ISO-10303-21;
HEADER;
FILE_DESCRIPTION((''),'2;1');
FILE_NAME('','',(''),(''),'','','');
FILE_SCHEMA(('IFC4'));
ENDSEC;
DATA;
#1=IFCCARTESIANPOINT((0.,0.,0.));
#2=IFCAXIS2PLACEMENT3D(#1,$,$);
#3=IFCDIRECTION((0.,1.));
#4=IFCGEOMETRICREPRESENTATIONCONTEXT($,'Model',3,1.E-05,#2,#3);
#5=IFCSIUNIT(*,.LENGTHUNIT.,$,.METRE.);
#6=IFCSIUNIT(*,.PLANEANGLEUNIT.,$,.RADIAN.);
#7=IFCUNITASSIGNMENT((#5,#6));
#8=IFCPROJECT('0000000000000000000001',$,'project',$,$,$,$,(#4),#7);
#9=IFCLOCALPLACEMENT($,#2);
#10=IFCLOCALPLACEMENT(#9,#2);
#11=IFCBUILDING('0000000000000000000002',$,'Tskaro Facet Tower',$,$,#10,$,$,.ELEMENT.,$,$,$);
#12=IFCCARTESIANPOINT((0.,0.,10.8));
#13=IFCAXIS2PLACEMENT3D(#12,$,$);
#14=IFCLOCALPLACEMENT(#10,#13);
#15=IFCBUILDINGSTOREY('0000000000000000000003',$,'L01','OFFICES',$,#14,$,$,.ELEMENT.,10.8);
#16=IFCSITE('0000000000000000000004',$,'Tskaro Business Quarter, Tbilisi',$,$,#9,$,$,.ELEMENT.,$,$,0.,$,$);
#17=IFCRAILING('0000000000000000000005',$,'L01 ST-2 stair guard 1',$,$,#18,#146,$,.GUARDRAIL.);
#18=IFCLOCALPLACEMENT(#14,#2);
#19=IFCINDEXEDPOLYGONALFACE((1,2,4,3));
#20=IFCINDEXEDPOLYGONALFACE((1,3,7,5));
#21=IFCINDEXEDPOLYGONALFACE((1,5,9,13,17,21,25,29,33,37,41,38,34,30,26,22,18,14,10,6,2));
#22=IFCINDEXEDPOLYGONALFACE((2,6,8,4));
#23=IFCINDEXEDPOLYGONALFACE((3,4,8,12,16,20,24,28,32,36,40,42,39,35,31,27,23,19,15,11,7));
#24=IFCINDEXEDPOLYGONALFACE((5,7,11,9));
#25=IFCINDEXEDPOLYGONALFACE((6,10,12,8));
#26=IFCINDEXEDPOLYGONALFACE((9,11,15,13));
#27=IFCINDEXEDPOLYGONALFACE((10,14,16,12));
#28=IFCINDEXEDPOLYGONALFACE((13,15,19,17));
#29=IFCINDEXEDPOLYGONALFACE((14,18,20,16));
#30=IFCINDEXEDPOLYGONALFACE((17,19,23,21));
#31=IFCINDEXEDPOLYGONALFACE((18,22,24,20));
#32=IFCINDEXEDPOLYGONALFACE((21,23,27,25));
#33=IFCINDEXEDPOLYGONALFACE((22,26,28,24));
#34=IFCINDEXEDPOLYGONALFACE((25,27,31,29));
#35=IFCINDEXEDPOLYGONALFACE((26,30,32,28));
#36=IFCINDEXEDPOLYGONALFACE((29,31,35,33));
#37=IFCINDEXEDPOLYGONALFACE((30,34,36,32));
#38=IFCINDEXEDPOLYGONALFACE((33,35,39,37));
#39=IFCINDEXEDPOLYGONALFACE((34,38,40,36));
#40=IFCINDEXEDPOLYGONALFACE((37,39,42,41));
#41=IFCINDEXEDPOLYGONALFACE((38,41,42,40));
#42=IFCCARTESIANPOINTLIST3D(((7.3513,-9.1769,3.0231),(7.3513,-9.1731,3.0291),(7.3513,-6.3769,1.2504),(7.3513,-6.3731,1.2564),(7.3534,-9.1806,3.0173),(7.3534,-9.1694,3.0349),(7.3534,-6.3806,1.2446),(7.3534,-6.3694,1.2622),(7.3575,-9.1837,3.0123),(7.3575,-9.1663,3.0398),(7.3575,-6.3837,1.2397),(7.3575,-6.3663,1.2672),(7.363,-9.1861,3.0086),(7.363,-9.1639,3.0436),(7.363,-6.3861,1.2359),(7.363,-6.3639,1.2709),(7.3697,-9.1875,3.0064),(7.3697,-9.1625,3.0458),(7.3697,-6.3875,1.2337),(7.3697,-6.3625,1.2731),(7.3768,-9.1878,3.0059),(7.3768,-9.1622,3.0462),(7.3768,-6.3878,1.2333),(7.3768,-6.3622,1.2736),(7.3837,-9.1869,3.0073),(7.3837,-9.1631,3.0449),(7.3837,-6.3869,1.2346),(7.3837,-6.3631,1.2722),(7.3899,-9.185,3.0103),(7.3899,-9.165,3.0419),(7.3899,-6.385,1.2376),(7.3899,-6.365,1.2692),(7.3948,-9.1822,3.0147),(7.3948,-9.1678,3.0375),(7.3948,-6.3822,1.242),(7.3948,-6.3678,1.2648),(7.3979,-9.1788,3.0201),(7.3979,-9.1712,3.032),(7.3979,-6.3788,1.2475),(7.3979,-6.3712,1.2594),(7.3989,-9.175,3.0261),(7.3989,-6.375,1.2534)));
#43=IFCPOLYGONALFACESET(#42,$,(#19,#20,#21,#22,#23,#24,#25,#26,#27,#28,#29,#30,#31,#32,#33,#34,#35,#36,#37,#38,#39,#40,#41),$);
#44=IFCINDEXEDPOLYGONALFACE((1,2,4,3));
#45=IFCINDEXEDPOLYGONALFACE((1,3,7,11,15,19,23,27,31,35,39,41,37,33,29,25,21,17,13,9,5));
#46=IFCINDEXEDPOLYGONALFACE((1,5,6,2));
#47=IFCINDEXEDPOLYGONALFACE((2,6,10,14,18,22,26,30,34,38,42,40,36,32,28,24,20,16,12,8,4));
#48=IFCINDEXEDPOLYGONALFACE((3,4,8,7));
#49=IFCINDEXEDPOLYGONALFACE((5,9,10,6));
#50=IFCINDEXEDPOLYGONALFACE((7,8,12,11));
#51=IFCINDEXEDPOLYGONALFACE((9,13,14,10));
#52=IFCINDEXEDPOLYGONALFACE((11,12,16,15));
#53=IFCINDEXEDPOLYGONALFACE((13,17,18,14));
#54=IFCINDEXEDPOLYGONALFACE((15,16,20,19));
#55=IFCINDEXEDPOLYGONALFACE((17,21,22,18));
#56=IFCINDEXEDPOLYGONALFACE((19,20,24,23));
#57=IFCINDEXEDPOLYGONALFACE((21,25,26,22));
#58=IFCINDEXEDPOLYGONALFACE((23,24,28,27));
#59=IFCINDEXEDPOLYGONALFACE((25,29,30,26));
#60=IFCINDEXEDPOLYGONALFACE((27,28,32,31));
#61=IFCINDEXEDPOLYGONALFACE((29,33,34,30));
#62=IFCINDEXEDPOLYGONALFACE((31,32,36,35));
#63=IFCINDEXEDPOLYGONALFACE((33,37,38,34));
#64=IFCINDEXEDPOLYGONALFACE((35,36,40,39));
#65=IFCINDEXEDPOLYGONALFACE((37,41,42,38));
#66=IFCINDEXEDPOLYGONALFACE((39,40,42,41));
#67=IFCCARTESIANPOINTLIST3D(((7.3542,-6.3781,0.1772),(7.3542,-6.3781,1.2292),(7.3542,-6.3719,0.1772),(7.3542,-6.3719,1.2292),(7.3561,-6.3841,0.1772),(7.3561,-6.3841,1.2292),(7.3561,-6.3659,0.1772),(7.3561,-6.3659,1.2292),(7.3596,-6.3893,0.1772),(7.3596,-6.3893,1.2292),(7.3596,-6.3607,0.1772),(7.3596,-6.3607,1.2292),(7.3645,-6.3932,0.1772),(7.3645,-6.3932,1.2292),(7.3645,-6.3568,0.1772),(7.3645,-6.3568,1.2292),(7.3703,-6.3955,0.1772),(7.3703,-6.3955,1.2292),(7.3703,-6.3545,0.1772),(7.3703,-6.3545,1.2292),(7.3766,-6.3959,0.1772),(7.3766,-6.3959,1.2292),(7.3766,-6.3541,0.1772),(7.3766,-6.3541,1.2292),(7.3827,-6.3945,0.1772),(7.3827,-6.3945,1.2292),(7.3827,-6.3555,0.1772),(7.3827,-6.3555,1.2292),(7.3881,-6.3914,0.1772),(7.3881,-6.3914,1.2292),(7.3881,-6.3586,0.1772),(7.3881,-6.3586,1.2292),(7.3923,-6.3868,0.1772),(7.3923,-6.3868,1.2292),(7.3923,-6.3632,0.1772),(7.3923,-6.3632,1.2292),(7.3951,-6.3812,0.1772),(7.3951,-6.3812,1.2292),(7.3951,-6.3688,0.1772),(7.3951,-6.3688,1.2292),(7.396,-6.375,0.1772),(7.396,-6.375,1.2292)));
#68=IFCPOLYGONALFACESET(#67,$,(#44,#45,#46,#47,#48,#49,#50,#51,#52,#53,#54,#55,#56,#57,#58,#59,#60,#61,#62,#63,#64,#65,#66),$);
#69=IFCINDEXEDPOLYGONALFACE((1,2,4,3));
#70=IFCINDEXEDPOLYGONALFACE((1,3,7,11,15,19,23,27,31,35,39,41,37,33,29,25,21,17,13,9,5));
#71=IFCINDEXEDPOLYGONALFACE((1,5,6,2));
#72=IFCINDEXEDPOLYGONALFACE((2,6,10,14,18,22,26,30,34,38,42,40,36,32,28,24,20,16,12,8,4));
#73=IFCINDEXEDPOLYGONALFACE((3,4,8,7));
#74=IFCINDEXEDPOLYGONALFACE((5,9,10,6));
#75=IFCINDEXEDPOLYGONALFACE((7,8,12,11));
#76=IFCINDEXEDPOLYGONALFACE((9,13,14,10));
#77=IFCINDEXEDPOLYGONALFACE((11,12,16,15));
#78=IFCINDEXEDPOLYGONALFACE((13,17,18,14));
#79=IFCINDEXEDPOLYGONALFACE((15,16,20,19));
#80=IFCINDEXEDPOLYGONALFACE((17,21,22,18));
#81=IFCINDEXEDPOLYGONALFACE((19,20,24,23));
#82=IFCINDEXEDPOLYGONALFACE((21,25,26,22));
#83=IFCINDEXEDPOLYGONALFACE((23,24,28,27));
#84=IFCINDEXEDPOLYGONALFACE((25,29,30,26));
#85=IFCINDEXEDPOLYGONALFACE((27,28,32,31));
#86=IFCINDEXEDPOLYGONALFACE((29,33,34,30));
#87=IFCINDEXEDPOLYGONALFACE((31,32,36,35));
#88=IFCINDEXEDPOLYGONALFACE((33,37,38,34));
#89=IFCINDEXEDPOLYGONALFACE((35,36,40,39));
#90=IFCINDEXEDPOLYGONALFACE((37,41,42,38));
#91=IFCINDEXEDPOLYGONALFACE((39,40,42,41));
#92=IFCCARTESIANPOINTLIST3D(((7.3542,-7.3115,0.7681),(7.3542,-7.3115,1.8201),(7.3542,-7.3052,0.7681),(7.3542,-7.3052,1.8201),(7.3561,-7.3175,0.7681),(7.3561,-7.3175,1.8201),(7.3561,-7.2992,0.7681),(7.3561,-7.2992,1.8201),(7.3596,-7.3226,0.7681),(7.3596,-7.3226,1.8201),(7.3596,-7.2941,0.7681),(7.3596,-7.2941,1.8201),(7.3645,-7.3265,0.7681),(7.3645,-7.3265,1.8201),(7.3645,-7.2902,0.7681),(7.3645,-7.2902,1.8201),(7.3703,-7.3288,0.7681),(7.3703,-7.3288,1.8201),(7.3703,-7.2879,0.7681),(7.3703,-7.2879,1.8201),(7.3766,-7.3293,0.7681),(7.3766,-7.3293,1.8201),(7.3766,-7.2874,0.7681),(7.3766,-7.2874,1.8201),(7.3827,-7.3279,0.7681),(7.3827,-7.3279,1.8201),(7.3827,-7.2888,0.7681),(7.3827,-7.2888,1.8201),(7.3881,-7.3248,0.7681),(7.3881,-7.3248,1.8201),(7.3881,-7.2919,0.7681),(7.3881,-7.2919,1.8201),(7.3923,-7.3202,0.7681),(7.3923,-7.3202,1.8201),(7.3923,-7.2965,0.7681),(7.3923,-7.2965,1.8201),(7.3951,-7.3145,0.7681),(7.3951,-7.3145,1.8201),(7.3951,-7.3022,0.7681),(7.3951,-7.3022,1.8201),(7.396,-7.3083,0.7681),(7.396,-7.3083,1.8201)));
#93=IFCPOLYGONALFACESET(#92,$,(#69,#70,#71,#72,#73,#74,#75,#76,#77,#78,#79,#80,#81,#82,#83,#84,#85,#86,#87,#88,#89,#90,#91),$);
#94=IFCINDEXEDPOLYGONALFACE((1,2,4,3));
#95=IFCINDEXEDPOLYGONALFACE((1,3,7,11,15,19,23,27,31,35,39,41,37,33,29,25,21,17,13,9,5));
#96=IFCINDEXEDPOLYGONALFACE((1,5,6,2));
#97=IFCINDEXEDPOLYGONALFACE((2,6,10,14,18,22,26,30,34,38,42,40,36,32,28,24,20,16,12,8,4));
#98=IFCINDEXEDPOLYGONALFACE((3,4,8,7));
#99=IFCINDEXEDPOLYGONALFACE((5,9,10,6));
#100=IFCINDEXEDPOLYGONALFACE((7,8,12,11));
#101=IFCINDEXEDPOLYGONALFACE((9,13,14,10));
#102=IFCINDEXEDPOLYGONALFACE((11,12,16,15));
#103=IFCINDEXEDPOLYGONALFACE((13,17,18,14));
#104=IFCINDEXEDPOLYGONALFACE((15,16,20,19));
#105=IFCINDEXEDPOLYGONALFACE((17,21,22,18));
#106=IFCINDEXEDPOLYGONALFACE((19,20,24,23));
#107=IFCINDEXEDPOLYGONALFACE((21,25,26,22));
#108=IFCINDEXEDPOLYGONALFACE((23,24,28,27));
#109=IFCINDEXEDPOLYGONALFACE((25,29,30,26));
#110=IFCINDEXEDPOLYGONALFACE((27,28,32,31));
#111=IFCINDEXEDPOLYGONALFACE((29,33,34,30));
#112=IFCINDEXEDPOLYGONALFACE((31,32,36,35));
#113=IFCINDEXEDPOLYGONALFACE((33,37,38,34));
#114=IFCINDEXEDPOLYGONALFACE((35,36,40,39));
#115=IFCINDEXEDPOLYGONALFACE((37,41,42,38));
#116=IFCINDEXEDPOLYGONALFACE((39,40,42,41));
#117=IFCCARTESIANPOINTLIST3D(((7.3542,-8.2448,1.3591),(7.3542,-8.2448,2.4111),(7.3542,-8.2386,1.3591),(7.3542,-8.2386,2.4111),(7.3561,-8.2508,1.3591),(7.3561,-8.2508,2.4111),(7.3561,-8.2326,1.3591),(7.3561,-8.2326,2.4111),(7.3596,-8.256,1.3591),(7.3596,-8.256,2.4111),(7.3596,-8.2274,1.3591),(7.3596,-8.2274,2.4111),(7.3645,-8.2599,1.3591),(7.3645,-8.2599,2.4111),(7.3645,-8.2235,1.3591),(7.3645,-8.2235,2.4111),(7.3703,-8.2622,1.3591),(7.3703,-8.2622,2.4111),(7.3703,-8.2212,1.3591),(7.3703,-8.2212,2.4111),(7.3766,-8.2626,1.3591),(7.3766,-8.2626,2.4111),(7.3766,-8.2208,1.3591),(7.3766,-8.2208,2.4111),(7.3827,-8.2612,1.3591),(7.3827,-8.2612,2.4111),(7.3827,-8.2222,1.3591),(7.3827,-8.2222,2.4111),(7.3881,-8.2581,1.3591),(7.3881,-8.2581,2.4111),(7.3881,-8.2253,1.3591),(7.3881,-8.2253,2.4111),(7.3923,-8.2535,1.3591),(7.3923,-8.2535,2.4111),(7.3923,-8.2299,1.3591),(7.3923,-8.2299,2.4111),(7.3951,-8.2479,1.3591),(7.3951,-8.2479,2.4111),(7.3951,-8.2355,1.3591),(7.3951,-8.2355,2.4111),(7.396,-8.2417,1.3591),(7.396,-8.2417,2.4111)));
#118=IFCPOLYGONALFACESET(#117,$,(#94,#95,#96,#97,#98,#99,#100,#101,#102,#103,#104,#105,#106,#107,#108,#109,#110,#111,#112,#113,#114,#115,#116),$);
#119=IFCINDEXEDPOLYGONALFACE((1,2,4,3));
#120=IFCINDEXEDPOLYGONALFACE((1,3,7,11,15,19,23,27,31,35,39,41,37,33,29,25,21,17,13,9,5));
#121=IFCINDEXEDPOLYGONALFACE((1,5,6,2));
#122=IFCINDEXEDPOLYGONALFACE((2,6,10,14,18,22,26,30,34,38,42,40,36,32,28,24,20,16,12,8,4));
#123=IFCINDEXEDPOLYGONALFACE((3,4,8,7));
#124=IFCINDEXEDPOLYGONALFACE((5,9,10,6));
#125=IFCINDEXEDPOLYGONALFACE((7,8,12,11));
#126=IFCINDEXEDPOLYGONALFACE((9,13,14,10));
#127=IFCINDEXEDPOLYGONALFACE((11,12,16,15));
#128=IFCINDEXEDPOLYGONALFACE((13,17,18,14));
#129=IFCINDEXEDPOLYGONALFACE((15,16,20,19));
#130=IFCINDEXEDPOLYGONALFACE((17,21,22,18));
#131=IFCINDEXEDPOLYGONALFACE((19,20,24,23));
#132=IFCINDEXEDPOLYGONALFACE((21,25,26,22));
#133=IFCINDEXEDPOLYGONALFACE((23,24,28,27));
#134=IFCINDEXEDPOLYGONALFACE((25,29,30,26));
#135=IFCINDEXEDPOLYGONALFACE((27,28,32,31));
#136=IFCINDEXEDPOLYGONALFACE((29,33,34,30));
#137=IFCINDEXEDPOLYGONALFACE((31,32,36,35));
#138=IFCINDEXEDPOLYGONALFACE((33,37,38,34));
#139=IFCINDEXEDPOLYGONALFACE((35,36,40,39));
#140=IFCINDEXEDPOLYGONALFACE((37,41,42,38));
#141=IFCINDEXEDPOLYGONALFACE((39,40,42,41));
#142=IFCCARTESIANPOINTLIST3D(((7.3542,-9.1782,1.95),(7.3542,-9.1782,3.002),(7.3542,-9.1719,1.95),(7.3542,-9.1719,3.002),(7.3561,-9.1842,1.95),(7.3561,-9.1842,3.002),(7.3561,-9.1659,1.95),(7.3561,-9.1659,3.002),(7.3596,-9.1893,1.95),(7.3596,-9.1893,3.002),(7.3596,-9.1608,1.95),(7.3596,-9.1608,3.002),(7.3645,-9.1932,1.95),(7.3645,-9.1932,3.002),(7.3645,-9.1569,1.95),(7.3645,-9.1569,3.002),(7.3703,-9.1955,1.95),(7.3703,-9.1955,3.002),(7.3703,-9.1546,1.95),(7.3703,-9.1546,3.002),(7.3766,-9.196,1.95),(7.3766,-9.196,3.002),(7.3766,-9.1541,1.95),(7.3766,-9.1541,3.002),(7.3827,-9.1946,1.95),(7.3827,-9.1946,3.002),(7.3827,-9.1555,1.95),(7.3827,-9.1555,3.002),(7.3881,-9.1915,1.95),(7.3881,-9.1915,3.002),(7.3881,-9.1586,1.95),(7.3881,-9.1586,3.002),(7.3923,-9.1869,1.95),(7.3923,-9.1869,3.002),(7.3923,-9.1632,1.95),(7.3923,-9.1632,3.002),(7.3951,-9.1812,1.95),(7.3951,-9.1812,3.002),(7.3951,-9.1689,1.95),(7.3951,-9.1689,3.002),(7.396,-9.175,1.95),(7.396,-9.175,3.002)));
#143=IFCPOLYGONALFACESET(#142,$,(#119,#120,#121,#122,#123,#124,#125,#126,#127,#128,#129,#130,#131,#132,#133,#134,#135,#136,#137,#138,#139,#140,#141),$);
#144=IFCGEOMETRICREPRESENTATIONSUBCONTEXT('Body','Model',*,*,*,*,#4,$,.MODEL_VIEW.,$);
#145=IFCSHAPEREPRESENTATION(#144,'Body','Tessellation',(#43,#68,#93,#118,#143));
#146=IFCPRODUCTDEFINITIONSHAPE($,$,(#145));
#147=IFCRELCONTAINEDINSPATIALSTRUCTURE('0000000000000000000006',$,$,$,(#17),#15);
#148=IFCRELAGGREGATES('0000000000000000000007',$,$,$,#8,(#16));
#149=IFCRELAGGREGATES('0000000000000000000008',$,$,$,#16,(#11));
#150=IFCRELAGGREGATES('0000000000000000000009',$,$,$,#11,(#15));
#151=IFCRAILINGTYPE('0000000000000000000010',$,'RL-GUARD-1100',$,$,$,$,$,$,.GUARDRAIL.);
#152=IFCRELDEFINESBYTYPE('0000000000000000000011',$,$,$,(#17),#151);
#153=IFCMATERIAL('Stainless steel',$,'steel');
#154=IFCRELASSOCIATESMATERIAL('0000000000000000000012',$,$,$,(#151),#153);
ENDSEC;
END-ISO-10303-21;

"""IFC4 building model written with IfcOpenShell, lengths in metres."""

from ifc_helpers import new_model, si_unit, direction, frame, origin, origin_2d, place, context, subcontext, project, spatial, circle, extrude, material, type_object, element, save


model = new_model("IFC4")

# Units and contexts
model_context = context("Model", 3, precision=1e-05, world=origin(), true_north=direction((0.0, 1.0)))
body_context = subcontext(model_context, "Body", "Model", "MODEL_VIEW")
ifc_project = project(units=[si_unit("LENGTHUNIT", "METRE"), si_unit("PLANEANGLEUNIT", "RADIAN")], contexts=[model_context])

# Site, building, storey
site_placement = place(None, origin())
site = spatial("IfcSite", under=ifc_project, at=site_placement, Name="Tskaro Business Quarter, Tbilisi", CompositionType="ELEMENT", RefElevation=0.0)
building_placement = place(site_placement, origin())
building = spatial("IfcBuilding", under=site, at=building_placement, Name="Tskaro Facet Tower", CompositionType="ELEMENT")
storey_placement = place(building_placement, frame((0.0, 0.0, 10.8)))
storey = spatial("IfcBuildingStorey", under=building, at=storey_placement, Name="L01", Description="OFFICES", CompositionType="ELEMENT", Elevation=10.8)

# Shared definitions
ifc_material_1 = material(Name="Stainless steel", Category="steel")

# Railing
railing_type_1 = type_object("IfcRailingType", Name="RL-GUARD-1100", PredefinedType="GUARDRAIL", material=ifc_material_1)
railing_1_placement = place(storey_placement, frame((7.375, -6.375, 0.1772)))
element("IfcRailing", 1, at=railing_1_placement, inside=storey, type_object=railing_type_1, Name="L01 ST-2 stair guard 1", PredefinedType="GUARDRAIL", context=body_context, shape_type="SweptSolid", body=[
    extrude(circle(Radius=0.0239, at=origin_2d()), frame((0.0, 0.0, 1.0762), z_axis=(0.0, -0.844909, 0.53491), x_axis=(1.0, 0.0, 0.0)), (0.0, 0.0, 1.0), 3.314),
    extrude(circle(Radius=0.021, at=origin_2d()), origin(), (0.0, 0.0, 1.0), 1.052),
    extrude(circle(Radius=0.021, at=origin_2d()), frame((0.0, -0.9333, 0.5908)), (0.0, 0.0, 1.0), 1.052),
    extrude(circle(Radius=0.021, at=origin_2d()), frame((0.0, -1.8667, 1.1819)), (0.0, 0.0, 1.0), 1.052),
    extrude(circle(Radius=0.021, at=origin_2d()), frame((0.0, -2.8, 1.7727)), (0.0, 0.0, 1.0), 1.052),
])

save(model, "model.ifc")
